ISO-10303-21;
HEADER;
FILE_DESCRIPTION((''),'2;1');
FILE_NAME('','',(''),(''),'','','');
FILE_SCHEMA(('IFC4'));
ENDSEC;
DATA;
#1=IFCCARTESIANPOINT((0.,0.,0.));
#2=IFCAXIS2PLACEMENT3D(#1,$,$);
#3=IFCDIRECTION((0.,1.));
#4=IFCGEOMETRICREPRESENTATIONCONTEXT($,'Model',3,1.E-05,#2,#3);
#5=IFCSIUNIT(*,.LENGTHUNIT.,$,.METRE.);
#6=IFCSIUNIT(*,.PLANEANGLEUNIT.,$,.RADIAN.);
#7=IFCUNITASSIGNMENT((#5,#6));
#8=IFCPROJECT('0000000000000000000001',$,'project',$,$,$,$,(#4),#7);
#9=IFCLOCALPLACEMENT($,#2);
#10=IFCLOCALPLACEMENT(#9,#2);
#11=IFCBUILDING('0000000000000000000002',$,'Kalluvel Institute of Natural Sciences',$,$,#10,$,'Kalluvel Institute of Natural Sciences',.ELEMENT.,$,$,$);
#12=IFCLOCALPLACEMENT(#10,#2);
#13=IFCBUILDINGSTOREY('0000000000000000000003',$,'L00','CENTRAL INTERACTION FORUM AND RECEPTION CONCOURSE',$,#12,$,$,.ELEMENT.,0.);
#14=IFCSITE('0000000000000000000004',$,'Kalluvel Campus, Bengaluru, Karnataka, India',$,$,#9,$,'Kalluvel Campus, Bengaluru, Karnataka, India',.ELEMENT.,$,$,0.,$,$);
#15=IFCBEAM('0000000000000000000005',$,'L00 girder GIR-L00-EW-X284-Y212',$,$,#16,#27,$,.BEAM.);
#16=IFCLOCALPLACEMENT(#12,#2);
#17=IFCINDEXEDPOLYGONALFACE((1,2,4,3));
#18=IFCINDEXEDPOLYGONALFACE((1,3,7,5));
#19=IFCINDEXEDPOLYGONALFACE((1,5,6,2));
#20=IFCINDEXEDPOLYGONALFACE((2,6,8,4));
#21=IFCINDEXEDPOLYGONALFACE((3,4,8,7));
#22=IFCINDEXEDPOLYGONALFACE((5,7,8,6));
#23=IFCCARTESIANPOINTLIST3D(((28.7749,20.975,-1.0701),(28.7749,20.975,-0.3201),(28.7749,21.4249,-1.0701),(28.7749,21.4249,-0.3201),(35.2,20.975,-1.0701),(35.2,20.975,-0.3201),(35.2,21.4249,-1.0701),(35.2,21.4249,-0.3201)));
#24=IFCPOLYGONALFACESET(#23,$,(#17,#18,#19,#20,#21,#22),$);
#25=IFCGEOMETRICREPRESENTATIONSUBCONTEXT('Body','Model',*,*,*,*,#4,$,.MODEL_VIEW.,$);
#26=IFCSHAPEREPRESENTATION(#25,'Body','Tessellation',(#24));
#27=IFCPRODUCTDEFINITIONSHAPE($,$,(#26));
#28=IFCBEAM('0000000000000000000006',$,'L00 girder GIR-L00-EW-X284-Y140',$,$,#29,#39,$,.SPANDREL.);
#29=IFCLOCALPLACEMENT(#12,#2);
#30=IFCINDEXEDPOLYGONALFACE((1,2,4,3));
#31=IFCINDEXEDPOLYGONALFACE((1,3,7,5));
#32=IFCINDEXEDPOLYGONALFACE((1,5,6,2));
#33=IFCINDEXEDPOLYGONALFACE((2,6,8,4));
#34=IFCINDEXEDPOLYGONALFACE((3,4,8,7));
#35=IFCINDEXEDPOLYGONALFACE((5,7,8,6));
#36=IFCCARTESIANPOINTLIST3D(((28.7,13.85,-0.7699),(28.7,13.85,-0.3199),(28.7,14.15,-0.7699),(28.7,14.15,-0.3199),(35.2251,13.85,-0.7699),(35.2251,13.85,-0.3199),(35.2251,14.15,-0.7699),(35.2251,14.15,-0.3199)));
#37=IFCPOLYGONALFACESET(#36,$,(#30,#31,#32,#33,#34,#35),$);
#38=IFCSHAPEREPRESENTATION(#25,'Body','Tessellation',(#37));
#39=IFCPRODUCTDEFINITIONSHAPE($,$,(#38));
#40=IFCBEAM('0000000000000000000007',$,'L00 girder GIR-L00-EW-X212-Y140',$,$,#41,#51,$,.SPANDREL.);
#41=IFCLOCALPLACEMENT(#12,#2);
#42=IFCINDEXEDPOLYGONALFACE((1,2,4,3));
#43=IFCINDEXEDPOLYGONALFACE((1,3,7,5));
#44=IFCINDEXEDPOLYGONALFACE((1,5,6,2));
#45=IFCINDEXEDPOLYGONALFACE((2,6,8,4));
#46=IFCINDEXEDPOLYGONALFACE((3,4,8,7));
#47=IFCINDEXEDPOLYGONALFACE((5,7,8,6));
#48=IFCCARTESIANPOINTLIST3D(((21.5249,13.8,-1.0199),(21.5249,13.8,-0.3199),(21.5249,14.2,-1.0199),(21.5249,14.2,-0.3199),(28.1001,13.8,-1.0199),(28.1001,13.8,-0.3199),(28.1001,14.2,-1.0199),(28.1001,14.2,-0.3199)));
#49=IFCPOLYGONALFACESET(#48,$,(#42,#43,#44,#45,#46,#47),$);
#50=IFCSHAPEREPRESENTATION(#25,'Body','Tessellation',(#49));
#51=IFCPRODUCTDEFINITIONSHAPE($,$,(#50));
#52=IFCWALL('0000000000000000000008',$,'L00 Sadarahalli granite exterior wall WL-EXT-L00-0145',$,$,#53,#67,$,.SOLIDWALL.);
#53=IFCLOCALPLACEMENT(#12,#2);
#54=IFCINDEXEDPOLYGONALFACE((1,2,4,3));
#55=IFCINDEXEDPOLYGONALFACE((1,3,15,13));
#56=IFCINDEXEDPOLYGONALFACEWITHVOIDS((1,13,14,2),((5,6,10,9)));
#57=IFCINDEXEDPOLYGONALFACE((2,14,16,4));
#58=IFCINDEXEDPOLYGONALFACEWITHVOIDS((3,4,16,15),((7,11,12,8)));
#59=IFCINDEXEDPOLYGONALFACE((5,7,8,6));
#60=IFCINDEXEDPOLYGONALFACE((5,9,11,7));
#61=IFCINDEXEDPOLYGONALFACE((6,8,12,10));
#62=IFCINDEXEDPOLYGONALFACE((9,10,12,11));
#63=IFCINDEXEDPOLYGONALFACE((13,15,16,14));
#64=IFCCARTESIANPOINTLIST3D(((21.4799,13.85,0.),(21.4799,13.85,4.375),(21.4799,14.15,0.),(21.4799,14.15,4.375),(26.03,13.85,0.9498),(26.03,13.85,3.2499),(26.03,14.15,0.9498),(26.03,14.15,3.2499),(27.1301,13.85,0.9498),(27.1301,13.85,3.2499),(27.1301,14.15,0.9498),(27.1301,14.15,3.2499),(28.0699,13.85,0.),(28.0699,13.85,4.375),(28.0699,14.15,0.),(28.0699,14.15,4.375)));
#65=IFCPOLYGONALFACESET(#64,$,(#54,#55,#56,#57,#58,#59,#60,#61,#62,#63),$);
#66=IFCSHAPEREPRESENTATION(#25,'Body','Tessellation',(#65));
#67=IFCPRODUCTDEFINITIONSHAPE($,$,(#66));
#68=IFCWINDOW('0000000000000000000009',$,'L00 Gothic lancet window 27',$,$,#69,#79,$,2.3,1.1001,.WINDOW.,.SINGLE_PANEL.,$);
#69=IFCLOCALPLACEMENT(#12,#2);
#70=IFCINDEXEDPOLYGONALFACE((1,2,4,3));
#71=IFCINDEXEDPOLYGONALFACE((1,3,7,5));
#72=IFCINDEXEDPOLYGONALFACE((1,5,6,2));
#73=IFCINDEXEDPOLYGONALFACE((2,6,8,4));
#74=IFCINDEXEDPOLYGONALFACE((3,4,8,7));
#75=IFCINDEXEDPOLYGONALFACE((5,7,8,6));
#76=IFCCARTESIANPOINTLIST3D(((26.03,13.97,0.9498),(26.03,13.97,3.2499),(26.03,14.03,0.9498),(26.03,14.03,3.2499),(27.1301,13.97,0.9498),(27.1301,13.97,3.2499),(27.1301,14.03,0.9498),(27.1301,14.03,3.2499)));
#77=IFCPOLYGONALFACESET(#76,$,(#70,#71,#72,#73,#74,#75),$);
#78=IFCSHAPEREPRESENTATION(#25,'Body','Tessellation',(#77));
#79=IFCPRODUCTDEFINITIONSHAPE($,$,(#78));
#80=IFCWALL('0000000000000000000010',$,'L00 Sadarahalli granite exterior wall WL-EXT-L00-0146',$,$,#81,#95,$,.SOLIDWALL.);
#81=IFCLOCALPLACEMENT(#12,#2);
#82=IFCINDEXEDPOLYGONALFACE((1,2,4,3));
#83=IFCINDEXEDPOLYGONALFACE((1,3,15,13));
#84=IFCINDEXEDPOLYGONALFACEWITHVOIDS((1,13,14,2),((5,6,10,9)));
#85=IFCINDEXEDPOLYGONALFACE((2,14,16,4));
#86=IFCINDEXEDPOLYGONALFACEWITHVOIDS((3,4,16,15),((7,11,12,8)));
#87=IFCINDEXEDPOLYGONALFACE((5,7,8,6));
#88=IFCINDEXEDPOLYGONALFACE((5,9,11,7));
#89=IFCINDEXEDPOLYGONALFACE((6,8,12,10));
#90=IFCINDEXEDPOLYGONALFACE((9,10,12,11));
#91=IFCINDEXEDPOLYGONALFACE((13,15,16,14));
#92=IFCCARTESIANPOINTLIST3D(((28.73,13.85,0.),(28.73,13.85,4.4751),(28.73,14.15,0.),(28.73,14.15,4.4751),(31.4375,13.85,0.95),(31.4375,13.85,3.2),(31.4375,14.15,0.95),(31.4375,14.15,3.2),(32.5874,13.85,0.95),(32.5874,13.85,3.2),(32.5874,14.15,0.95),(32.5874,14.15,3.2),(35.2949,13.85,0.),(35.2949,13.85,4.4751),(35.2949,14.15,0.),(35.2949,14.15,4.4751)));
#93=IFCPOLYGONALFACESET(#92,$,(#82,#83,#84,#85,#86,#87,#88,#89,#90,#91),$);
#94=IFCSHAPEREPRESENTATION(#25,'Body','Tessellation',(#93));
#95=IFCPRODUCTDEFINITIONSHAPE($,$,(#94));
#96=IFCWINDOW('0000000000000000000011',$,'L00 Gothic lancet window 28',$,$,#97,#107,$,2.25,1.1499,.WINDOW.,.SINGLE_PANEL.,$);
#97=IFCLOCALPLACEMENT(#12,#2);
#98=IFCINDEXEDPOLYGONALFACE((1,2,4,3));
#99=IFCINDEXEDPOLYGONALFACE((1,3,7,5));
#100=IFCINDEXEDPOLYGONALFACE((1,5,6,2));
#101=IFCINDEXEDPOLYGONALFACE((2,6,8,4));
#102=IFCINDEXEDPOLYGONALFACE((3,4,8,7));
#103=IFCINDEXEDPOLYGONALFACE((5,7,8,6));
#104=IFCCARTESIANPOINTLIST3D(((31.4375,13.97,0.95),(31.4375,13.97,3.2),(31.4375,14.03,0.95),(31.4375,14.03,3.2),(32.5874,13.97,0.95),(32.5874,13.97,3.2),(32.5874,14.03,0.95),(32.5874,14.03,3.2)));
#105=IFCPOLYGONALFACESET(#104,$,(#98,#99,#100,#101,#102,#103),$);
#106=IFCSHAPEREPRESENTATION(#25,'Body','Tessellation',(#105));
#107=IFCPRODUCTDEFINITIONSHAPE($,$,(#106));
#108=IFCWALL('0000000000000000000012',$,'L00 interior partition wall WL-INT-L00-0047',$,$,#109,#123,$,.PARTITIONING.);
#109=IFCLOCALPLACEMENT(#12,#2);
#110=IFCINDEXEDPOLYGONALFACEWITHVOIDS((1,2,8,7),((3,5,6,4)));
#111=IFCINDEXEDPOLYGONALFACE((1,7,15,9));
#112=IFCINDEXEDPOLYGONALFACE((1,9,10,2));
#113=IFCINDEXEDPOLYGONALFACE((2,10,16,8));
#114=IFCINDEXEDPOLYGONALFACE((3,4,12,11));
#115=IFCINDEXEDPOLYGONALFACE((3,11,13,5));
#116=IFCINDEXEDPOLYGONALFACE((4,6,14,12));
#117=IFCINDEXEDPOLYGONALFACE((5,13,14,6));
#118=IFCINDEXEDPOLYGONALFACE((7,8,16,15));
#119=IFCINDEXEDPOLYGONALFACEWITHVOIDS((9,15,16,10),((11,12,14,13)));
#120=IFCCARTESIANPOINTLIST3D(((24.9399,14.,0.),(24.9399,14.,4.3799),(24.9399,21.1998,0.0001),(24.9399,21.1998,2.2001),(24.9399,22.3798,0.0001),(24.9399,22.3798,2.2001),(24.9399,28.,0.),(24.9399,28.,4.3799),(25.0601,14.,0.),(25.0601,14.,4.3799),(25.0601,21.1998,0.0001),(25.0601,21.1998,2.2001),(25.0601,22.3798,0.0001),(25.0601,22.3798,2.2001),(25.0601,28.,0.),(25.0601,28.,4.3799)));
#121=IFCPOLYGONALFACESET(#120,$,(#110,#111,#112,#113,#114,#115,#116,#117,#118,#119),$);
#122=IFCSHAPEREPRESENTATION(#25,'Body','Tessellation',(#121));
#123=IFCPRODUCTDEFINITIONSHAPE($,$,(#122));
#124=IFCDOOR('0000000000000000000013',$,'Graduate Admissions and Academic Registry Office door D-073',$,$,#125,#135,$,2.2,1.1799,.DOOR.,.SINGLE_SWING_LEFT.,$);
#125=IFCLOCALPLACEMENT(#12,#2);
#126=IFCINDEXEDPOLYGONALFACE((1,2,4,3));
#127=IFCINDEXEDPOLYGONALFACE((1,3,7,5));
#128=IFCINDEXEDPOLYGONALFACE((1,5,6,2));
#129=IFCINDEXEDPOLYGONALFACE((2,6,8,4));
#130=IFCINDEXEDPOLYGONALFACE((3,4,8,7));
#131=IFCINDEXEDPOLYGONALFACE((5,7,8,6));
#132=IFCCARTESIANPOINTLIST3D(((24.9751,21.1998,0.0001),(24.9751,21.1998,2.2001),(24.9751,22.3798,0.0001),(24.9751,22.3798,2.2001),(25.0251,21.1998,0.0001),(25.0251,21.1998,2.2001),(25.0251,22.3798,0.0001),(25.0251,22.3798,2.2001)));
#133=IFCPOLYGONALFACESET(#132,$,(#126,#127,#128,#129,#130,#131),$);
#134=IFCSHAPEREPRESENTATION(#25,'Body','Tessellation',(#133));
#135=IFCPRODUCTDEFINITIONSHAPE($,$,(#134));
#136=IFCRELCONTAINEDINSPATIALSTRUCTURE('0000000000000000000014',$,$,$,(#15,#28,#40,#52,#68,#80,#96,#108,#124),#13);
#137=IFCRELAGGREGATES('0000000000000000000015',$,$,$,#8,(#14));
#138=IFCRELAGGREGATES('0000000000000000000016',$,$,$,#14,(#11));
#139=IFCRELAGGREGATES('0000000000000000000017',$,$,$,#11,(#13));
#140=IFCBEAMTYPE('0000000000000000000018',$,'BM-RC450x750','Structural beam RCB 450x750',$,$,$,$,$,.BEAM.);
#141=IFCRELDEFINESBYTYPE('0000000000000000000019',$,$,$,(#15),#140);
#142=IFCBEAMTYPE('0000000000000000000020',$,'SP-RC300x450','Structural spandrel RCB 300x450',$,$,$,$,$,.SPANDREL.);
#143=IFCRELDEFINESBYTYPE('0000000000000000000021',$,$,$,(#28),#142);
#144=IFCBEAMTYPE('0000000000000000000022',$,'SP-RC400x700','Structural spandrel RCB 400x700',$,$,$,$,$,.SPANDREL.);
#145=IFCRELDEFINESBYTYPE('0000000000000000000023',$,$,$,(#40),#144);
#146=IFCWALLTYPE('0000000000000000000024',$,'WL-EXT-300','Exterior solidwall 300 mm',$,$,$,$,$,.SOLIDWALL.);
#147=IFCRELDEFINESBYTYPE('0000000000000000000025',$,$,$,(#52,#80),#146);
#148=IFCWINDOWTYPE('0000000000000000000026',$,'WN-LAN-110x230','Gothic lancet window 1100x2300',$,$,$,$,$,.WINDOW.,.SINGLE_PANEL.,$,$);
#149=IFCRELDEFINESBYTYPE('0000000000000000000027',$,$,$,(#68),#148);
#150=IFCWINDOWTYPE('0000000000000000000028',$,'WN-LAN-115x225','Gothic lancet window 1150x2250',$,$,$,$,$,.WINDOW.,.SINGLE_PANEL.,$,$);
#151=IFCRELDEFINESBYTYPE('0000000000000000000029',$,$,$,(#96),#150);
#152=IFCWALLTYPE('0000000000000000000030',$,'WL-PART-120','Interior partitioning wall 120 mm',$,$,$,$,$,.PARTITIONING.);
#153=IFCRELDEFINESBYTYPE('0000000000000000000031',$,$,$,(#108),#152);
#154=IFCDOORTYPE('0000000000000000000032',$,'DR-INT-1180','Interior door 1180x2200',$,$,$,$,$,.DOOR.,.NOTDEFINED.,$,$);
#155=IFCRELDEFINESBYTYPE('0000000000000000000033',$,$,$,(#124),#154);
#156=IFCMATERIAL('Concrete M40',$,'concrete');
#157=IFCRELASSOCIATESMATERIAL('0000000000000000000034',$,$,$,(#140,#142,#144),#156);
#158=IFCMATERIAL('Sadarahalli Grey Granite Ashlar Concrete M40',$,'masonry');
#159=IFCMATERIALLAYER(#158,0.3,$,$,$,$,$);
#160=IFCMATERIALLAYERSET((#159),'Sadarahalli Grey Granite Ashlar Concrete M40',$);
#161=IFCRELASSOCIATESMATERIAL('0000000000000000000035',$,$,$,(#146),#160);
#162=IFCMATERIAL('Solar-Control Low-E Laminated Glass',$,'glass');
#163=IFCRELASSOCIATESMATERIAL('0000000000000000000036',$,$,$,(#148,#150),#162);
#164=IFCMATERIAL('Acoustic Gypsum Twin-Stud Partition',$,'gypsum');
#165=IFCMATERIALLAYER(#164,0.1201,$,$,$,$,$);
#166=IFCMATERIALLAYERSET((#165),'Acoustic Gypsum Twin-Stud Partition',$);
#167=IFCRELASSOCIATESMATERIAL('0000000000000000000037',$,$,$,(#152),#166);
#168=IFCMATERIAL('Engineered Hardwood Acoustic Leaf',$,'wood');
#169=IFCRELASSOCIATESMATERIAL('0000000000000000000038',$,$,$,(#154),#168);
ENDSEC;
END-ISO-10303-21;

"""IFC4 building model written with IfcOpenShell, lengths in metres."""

from ifc_helpers import new_model, si_unit, direction, frame, frame_2d, origin, origin_2d, place, context, subcontext, project, spatial, rectangle, extrude, material, layer, layer_set, material_profile, profile_set, type_object, element, fill, save


model = new_model("IFC4")

# Units and contexts
model_context = context("Model", 3, precision=1e-05, world=origin(), true_north=direction((0.0, 1.0)))
body_context = subcontext(model_context, "Body", "Model", "MODEL_VIEW")
ifc_project = project(units=[si_unit("LENGTHUNIT", "METRE"), si_unit("PLANEANGLEUNIT", "RADIAN")], contexts=[model_context])

# Site, building, storey
site_placement = place(None, origin())
site = spatial("IfcSite", under=ifc_project, at=site_placement, Name="Kalluvel Campus, Bengaluru, Karnataka, India", LongName="Kalluvel Campus, Bengaluru, Karnataka, India", CompositionType="ELEMENT", RefElevation=0.0)
building_placement = place(site_placement, origin())
building = spatial("IfcBuilding", under=site, at=building_placement, Name="Kalluvel Institute of Natural Sciences", LongName="Kalluvel Institute of Natural Sciences", CompositionType="ELEMENT")
storey_placement = place(building_placement, origin())
storey = spatial("IfcBuildingStorey", under=building, at=storey_placement, Name="L00", Description="CENTRAL INTERACTION FORUM AND RECEPTION CONCOURSE", CompositionType="ELEMENT", Elevation=0.0)

# Shared definitions
ifc_material_1 = material(Name="Concrete M40", Category="concrete")

# Beams
ifc_material_profile_1 = material_profile(ifc_material_1, rectangle(XDim=0.45, YDim=0.75, at=origin_2d()), Name="RCB 450x750")
ifc_profile_set_1 = profile_set([ifc_material_profile_1], Name="Concrete M40")
beam_type_1 = type_object("IfcBeamType", Name="BM-RC450x750", Description="Structural beam RCB 450x750", PredefinedType="BEAM", material=ifc_profile_set_1)
beam_1_placement = place(storey_placement, frame((28.7749, 21.2, -0.6951), z_axis=(1.0, 0.0, 0.0), x_axis=(0.0, 1.0, 0.0)))
element("IfcBeam", 1, at=beam_1_placement, inside=storey, type_object=beam_type_1, Name="L00 girder GIR-L00-EW-X284-Y212", PredefinedType="BEAM", context=body_context, shape_type="SweptSolid", body=[
    extrude(rectangle(XDim=0.45, YDim=0.75, at=origin_2d()), origin(), (0.0, 0.0, 1.0), 6.425),
])
ifc_material_profile_2 = material_profile(ifc_material_1, rectangle(XDim=0.3, YDim=0.45, at=origin_2d()), Name="RCB 300x450")
ifc_profile_set_2 = profile_set([ifc_material_profile_2], Name="Concrete M40")
beam_type_2 = type_object("IfcBeamType", Name="SP-RC300x450", Description="Structural spandrel RCB 300x450", PredefinedType="SPANDREL", material=ifc_profile_set_2)
beam_2_placement = place(storey_placement, frame((28.7, 14.0, -0.5449), z_axis=(1.0, 0.0, 0.0), x_axis=(0.0, 1.0, 0.0)))
element("IfcBeam", 2, at=beam_2_placement, inside=storey, type_object=beam_type_2, Name="L00 girder GIR-L00-EW-X284-Y140", PredefinedType="SPANDREL", context=body_context, shape_type="SweptSolid", body=[
    extrude(rectangle(XDim=0.3, YDim=0.45, at=origin_2d()), origin(), (0.0, 0.0, 1.0), 6.5251),
])
ifc_material_profile_3 = material_profile(ifc_material_1, rectangle(XDim=0.3999, YDim=0.7, at=origin_2d()), Name="RCB 400x700")
ifc_profile_set_3 = profile_set([ifc_material_profile_3], Name="Concrete M40")
beam_type_3 = type_object("IfcBeamType", Name="SP-RC400x700", Description="Structural spandrel RCB 400x700", PredefinedType="SPANDREL", material=ifc_profile_set_3)
beam_3_placement = place(storey_placement, frame((21.5249, 14.0, -0.6699), z_axis=(1.0, 0.0, 0.0), x_axis=(0.0, 1.0, 0.0)))
element("IfcBeam", 3, at=beam_3_placement, inside=storey, type_object=beam_type_3, Name="L00 girder GIR-L00-EW-X212-Y140", PredefinedType="SPANDREL", context=body_context, shape_type="SweptSolid", body=[
    extrude(rectangle(XDim=0.3999, YDim=0.7, at=origin_2d()), origin(), (0.0, 0.0, 1.0), 6.5752),
])

# Walls, openings, windows
ifc_material_2 = material(Name="Sadarahalli Grey Granite Ashlar Concrete M40", Category="masonry")
ifc_layer_1 = layer(ifc_material_2, 0.3)
ifc_layer_set_1 = layer_set([ifc_layer_1], Name="Sadarahalli Grey Granite Ashlar Concrete M40")
wall_type_1 = type_object("IfcWallType", Name="WL-EXT-300", Description="Exterior solidwall 300 mm", PredefinedType="SOLIDWALL", material=ifc_layer_set_1)
wall_1_placement = place(storey_placement, frame((21.48, 14.0, 0.0), z_axis=(0.0, 0.0, 1.0), x_axis=(1.0, 0.0, 0.0)))
wall_1 = element("IfcWall", 4, at=wall_1_placement, inside=storey, type_object=wall_type_1, Name="L00 Sadarahalli granite exterior wall WL-EXT-L00-0145", PredefinedType="SOLIDWALL", context=body_context, shape_type="SweptSolid", body=[
    extrude(rectangle(XDim=6.5901, YDim=0.3, at=frame_2d((3.2949, 0.0))), origin(), (0.0, 0.0, 1.0), 4.375),
])
opening_1_placement = place(wall_1_placement, frame((4.55, 0.0, 0.95)))
opening_1 = element("IfcOpeningElement", 5, at=opening_1_placement, cuts=wall_1, PredefinedType="OPENING", context=body_context, shape_type="SweptSolid", body=[
    extrude(rectangle(XDim=1.1001, YDim=2.3, at=frame_2d((0.55, 1.1499))), frame((0.0, 0.1599, 0.0), z_axis=(0.0, -1.0, 0.0), x_axis=(1.0, 0.0, 0.0)), (0.0, 0.0, 1.0), 0.3201),
])
ifc_material_3 = material(Name="Solar-Control Low-E Laminated Glass", Category="glass")
window_type_1 = type_object("IfcWindowType", Name="WN-LAN-110x230", Description="Gothic lancet window 1100x2300", PartitioningType="SINGLE_PANEL", PredefinedType="WINDOW", material=ifc_material_3)
window_1_placement = place(opening_1_placement, origin())
window_1 = element("IfcWindow", 6, at=window_1_placement, inside=storey, type_object=window_type_1, Name="L00 Gothic lancet window 27", OverallHeight=2.3, OverallWidth=1.1001, PartitioningType="SINGLE_PANEL", PredefinedType="WINDOW", context=body_context, shape_type="SweptSolid", body=[
    extrude(rectangle(XDim=1.1001, YDim=2.3, at=frame_2d((0.55, 1.1499))), frame((0.0, 0.03, 0.0), z_axis=(0.0, -1.0, 0.0), x_axis=(1.0, 0.0, 0.0)), (0.0, 0.0, 1.0), 0.0601),
])
fill(opening_1, window_1)
wall_2_placement = place(storey_placement, frame((28.73, 14.0, 0.0), z_axis=(0.0, 0.0, 1.0), x_axis=(1.0, 0.0, 0.0)))
wall_2 = element("IfcWall", 7, at=wall_2_placement, inside=storey, type_object=wall_type_1, Name="L00 Sadarahalli granite exterior wall WL-EXT-L00-0146", PredefinedType="SOLIDWALL", context=body_context, shape_type="SweptSolid", body=[
    extrude(rectangle(XDim=6.5649, YDim=0.3, at=frame_2d((3.2825, 0.0))), origin(), (0.0, 0.0, 1.0), 4.4751),
])
opening_2_placement = place(wall_2_placement, frame((2.7075, 0.0, 0.95)))
opening_2 = element("IfcOpeningElement", 8, at=opening_2_placement, cuts=wall_2, PredefinedType="OPENING", context=body_context, shape_type="SweptSolid", body=[
    extrude(rectangle(XDim=1.1499, YDim=2.25, at=frame_2d((0.575, 1.125))), frame((0.0, 0.1599, 0.0), z_axis=(0.0, -1.0, 0.0), x_axis=(1.0, 0.0, 0.0)), (0.0, 0.0, 1.0), 0.3201),
])
window_type_2 = type_object("IfcWindowType", Name="WN-LAN-115x225", Description="Gothic lancet window 1150x2250", PartitioningType="SINGLE_PANEL", PredefinedType="WINDOW", material=ifc_material_3)
window_2_placement = place(opening_2_placement, origin())
window_2 = element("IfcWindow", 9, at=window_2_placement, inside=storey, type_object=window_type_2, Name="L00 Gothic lancet window 28", OverallHeight=2.25, OverallWidth=1.1499, PartitioningType="SINGLE_PANEL", PredefinedType="WINDOW", context=body_context, shape_type="SweptSolid", body=[
    extrude(rectangle(XDim=1.1499, YDim=2.25, at=frame_2d((0.575, 1.125))), frame((0.0, 0.03, 0.0), z_axis=(0.0, -1.0, 0.0), x_axis=(1.0, 0.0, 0.0)), (0.0, 0.0, 1.0), 0.0601),
])
fill(opening_2, window_2)

# Wall, opening, door
ifc_material_4 = material(Name="Acoustic Gypsum Twin-Stud Partition", Category="gypsum")
ifc_layer_2 = layer(ifc_material_4, 0.1201)
ifc_layer_set_2 = layer_set([ifc_layer_2], Name="Acoustic Gypsum Twin-Stud Partition")
wall_type_2 = type_object("IfcWallType", Name="WL-PART-120", Description="Interior partitioning wall 120 mm", PredefinedType="PARTITIONING", material=ifc_layer_set_2)
wall_3_placement = place(storey_placement, frame((25.0, 14.0, 0.0), z_axis=(0.0, 0.0, 1.0), x_axis=(0.0, 1.0, 0.0)))
wall_3 = element("IfcWall", 10, at=wall_3_placement, inside=storey, type_object=wall_type_2, Name="L00 interior partition wall WL-INT-L00-0047", PredefinedType="PARTITIONING", context=body_context, shape_type="SweptSolid", body=[
    extrude(rectangle(XDim=14.0, YDim=0.1201, at=frame_2d((7.0, 0.0))), origin(), (0.0, 0.0, 1.0), 4.3799),
])
opening_3_placement = place(wall_3_placement, frame((7.2, 0.0, 0.0)))
opening_3 = element("IfcOpeningElement", 11, at=opening_3_placement, cuts=wall_3, PredefinedType="OPENING", context=body_context, shape_type="SweptSolid", body=[
    extrude(rectangle(XDim=1.1799, YDim=2.2, at=frame_2d((0.5898, 1.1001))), frame((0.0, 0.0701, 0.0), z_axis=(0.0, -1.0, 0.0), x_axis=(1.0, 0.0, 0.0)), (0.0, 0.0, 1.0), 0.1401),
])
ifc_material_5 = material(Name="Engineered Hardwood Acoustic Leaf", Category="wood")
door_type_1 = type_object("IfcDoorType", Name="DR-INT-1180", Description="Interior door 1180x2200", OperationType="NOTDEFINED", PredefinedType="DOOR", material=ifc_material_5)
door_1_placement = place(opening_3_placement, origin())
door_1 = element("IfcDoor", 12, at=door_1_placement, inside=storey, type_object=door_type_1, Name="Graduate Admissions and Academic Registry Office door D-073", OperationType="SINGLE_SWING_LEFT", OverallHeight=2.2, OverallWidth=1.1799, PredefinedType="DOOR", context=body_context, shape_type="SweptSolid", body=[
    extrude(rectangle(XDim=1.1799, YDim=2.2, at=frame_2d((0.5898, 1.1001))), frame((0.0, 0.0249, 0.0), z_axis=(0.0, -1.0, 0.0), x_axis=(1.0, 0.0, 0.0)), (0.0, 0.0, 1.0), 0.05),
])
fill(opening_3, door_1)

save(model, "model.ifc")
